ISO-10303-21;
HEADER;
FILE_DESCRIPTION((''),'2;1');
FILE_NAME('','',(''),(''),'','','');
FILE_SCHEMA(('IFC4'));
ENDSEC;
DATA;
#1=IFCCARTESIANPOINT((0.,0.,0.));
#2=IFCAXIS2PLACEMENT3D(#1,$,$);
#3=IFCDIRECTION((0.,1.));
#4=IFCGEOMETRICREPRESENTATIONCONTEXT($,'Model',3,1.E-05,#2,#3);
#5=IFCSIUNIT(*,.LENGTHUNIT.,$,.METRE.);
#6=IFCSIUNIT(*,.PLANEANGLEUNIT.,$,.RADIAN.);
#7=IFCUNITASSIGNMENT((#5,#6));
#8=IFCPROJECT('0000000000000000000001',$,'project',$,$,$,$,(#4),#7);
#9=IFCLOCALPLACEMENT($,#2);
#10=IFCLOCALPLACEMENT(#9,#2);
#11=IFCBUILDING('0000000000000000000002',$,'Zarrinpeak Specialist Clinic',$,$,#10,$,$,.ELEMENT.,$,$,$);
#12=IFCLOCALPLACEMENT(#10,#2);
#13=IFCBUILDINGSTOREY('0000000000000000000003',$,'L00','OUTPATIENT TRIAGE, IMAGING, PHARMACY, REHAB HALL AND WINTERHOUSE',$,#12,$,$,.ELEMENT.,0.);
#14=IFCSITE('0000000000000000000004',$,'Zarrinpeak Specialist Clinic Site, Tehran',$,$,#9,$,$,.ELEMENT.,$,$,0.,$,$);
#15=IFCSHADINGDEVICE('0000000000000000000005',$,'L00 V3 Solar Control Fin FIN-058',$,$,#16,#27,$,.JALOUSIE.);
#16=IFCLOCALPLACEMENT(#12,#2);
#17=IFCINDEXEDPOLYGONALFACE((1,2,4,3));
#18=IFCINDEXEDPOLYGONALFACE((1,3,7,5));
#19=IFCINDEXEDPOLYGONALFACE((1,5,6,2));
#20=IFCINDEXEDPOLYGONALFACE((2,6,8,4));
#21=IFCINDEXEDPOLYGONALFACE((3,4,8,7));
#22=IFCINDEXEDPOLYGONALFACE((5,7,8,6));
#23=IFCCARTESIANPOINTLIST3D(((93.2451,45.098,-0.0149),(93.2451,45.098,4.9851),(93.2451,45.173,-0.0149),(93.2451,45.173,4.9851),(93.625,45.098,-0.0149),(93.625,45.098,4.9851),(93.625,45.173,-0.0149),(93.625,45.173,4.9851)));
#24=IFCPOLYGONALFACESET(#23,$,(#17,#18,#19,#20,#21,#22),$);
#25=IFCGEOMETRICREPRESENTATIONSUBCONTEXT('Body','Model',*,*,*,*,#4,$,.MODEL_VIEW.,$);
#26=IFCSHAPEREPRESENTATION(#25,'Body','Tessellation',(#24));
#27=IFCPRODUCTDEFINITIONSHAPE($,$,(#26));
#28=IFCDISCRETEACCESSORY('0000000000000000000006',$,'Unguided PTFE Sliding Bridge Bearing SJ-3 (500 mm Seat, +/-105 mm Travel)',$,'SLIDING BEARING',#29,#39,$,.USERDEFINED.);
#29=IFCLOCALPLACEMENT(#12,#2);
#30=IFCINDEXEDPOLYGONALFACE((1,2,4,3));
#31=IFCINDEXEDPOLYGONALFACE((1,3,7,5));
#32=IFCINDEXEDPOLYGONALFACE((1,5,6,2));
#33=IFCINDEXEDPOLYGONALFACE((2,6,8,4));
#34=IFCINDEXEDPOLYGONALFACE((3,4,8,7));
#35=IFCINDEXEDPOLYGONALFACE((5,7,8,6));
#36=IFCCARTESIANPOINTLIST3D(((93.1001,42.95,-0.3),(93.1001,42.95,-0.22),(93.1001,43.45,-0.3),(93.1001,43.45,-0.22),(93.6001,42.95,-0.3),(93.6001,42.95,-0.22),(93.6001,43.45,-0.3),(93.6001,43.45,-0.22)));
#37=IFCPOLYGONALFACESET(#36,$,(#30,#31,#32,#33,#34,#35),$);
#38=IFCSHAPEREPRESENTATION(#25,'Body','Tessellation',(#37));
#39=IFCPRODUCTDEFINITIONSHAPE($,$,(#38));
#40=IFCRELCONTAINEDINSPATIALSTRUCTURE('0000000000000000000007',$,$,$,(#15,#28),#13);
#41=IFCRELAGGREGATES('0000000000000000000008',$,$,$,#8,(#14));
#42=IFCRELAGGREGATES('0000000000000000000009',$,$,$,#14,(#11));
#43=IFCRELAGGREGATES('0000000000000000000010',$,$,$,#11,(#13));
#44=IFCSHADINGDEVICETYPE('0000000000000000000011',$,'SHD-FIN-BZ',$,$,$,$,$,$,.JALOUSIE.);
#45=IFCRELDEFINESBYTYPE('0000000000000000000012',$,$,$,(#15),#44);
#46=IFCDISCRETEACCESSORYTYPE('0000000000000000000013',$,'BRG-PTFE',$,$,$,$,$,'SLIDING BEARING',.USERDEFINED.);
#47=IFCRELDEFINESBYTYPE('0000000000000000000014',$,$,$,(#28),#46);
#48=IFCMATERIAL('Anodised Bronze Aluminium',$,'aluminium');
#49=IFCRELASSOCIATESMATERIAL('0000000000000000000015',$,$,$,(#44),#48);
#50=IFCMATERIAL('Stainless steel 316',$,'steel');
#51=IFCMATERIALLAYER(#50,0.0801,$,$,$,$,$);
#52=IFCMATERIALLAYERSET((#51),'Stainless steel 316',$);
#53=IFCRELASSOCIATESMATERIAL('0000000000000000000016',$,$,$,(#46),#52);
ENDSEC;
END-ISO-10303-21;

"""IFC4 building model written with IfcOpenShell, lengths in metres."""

from ifc_helpers import new_model, si_unit, direction, frame, origin, origin_2d, place, context, subcontext, project, spatial, rectangle, extrude, material, layer, layer_set, type_object, element, save


model = new_model("IFC4")

# Units and contexts
model_context = context("Model", 3, precision=1e-05, world=origin(), true_north=direction((0.0, 1.0)))
body_context = subcontext(model_context, "Body", "Model", "MODEL_VIEW")
ifc_project = project(units=[si_unit("LENGTHUNIT", "METRE"), si_unit("PLANEANGLEUNIT", "RADIAN")], contexts=[model_context])

# Site, building, storey
site_placement = place(None, origin())
site = spatial("IfcSite", under=ifc_project, at=site_placement, Name="Zarrinpeak Specialist Clinic Site, Tehran", CompositionType="ELEMENT", RefElevation=0.0)
building_placement = place(site_placement, origin())
building = spatial("IfcBuilding", under=site, at=building_placement, Name="Zarrinpeak Specialist Clinic", CompositionType="ELEMENT")
storey_placement = place(building_placement, origin())
storey = spatial("IfcBuildingStorey", under=building, at=storey_placement, Name="L00", Description="OUTPATIENT TRIAGE, IMAGING, PHARMACY, REHAB HALL AND WINTERHOUSE", CompositionType="ELEMENT", Elevation=0.0)

# Shading device
ifc_material_1 = material(Name="Anodised Bronze Aluminium", Category="aluminium")
shading_device_type = type_object("IfcShadingDeviceType", Name="SHD-FIN-BZ", PredefinedType="JALOUSIE", material=ifc_material_1)
shading_device_placement = place(storey_placement, frame((93.4351, 45.1355, -0.0149), z_axis=(0.0, 0.0, 1.0), x_axis=(1.0, 0.0, 0.0)))
element("IfcShadingDevice", 1, at=shading_device_placement, inside=storey, type_object=shading_device_type, Name="L00 V3 Solar Control Fin FIN-058", PredefinedType="JALOUSIE", context=body_context, shape_type="SweptSolid", body=[
    extrude(rectangle(XDim=0.3799, YDim=0.075, at=origin_2d()), origin(), (0.0, 0.0, 1.0), 5.0),
])

# Discrete accessory
ifc_material_2 = material(Name="Stainless steel 316", Category="steel")
ifc_layer_1 = layer(ifc_material_2, 0.0801)
ifc_layer_set_1 = layer_set([ifc_layer_1], Name="Stainless steel 316")
discrete_accessory_type = type_object("IfcDiscreteAccessoryType", Name="BRG-PTFE", ElementType="SLIDING BEARING", PredefinedType="USERDEFINED", material=ifc_layer_set_1)
discrete_accessory_placement = place(storey_placement, frame((93.3501, 43.2, -0.3), z_axis=(0.0, 0.0, 1.0), x_axis=(1.0, 0.0, 0.0)))
element("IfcDiscreteAccessory", 2, at=discrete_accessory_placement, inside=storey, type_object=discrete_accessory_type, Name="Unguided PTFE Sliding Bridge Bearing SJ-3 (500 mm Seat, +/-105 mm Travel)", ObjectType="SLIDING BEARING", PredefinedType="USERDEFINED", context=body_context, shape_type="SweptSolid", body=[
    extrude(rectangle(XDim=0.5, YDim=0.5, at=origin_2d()), origin(), (0.0, 0.0, 1.0), 0.0801),
])

save(model, "model.ifc")
